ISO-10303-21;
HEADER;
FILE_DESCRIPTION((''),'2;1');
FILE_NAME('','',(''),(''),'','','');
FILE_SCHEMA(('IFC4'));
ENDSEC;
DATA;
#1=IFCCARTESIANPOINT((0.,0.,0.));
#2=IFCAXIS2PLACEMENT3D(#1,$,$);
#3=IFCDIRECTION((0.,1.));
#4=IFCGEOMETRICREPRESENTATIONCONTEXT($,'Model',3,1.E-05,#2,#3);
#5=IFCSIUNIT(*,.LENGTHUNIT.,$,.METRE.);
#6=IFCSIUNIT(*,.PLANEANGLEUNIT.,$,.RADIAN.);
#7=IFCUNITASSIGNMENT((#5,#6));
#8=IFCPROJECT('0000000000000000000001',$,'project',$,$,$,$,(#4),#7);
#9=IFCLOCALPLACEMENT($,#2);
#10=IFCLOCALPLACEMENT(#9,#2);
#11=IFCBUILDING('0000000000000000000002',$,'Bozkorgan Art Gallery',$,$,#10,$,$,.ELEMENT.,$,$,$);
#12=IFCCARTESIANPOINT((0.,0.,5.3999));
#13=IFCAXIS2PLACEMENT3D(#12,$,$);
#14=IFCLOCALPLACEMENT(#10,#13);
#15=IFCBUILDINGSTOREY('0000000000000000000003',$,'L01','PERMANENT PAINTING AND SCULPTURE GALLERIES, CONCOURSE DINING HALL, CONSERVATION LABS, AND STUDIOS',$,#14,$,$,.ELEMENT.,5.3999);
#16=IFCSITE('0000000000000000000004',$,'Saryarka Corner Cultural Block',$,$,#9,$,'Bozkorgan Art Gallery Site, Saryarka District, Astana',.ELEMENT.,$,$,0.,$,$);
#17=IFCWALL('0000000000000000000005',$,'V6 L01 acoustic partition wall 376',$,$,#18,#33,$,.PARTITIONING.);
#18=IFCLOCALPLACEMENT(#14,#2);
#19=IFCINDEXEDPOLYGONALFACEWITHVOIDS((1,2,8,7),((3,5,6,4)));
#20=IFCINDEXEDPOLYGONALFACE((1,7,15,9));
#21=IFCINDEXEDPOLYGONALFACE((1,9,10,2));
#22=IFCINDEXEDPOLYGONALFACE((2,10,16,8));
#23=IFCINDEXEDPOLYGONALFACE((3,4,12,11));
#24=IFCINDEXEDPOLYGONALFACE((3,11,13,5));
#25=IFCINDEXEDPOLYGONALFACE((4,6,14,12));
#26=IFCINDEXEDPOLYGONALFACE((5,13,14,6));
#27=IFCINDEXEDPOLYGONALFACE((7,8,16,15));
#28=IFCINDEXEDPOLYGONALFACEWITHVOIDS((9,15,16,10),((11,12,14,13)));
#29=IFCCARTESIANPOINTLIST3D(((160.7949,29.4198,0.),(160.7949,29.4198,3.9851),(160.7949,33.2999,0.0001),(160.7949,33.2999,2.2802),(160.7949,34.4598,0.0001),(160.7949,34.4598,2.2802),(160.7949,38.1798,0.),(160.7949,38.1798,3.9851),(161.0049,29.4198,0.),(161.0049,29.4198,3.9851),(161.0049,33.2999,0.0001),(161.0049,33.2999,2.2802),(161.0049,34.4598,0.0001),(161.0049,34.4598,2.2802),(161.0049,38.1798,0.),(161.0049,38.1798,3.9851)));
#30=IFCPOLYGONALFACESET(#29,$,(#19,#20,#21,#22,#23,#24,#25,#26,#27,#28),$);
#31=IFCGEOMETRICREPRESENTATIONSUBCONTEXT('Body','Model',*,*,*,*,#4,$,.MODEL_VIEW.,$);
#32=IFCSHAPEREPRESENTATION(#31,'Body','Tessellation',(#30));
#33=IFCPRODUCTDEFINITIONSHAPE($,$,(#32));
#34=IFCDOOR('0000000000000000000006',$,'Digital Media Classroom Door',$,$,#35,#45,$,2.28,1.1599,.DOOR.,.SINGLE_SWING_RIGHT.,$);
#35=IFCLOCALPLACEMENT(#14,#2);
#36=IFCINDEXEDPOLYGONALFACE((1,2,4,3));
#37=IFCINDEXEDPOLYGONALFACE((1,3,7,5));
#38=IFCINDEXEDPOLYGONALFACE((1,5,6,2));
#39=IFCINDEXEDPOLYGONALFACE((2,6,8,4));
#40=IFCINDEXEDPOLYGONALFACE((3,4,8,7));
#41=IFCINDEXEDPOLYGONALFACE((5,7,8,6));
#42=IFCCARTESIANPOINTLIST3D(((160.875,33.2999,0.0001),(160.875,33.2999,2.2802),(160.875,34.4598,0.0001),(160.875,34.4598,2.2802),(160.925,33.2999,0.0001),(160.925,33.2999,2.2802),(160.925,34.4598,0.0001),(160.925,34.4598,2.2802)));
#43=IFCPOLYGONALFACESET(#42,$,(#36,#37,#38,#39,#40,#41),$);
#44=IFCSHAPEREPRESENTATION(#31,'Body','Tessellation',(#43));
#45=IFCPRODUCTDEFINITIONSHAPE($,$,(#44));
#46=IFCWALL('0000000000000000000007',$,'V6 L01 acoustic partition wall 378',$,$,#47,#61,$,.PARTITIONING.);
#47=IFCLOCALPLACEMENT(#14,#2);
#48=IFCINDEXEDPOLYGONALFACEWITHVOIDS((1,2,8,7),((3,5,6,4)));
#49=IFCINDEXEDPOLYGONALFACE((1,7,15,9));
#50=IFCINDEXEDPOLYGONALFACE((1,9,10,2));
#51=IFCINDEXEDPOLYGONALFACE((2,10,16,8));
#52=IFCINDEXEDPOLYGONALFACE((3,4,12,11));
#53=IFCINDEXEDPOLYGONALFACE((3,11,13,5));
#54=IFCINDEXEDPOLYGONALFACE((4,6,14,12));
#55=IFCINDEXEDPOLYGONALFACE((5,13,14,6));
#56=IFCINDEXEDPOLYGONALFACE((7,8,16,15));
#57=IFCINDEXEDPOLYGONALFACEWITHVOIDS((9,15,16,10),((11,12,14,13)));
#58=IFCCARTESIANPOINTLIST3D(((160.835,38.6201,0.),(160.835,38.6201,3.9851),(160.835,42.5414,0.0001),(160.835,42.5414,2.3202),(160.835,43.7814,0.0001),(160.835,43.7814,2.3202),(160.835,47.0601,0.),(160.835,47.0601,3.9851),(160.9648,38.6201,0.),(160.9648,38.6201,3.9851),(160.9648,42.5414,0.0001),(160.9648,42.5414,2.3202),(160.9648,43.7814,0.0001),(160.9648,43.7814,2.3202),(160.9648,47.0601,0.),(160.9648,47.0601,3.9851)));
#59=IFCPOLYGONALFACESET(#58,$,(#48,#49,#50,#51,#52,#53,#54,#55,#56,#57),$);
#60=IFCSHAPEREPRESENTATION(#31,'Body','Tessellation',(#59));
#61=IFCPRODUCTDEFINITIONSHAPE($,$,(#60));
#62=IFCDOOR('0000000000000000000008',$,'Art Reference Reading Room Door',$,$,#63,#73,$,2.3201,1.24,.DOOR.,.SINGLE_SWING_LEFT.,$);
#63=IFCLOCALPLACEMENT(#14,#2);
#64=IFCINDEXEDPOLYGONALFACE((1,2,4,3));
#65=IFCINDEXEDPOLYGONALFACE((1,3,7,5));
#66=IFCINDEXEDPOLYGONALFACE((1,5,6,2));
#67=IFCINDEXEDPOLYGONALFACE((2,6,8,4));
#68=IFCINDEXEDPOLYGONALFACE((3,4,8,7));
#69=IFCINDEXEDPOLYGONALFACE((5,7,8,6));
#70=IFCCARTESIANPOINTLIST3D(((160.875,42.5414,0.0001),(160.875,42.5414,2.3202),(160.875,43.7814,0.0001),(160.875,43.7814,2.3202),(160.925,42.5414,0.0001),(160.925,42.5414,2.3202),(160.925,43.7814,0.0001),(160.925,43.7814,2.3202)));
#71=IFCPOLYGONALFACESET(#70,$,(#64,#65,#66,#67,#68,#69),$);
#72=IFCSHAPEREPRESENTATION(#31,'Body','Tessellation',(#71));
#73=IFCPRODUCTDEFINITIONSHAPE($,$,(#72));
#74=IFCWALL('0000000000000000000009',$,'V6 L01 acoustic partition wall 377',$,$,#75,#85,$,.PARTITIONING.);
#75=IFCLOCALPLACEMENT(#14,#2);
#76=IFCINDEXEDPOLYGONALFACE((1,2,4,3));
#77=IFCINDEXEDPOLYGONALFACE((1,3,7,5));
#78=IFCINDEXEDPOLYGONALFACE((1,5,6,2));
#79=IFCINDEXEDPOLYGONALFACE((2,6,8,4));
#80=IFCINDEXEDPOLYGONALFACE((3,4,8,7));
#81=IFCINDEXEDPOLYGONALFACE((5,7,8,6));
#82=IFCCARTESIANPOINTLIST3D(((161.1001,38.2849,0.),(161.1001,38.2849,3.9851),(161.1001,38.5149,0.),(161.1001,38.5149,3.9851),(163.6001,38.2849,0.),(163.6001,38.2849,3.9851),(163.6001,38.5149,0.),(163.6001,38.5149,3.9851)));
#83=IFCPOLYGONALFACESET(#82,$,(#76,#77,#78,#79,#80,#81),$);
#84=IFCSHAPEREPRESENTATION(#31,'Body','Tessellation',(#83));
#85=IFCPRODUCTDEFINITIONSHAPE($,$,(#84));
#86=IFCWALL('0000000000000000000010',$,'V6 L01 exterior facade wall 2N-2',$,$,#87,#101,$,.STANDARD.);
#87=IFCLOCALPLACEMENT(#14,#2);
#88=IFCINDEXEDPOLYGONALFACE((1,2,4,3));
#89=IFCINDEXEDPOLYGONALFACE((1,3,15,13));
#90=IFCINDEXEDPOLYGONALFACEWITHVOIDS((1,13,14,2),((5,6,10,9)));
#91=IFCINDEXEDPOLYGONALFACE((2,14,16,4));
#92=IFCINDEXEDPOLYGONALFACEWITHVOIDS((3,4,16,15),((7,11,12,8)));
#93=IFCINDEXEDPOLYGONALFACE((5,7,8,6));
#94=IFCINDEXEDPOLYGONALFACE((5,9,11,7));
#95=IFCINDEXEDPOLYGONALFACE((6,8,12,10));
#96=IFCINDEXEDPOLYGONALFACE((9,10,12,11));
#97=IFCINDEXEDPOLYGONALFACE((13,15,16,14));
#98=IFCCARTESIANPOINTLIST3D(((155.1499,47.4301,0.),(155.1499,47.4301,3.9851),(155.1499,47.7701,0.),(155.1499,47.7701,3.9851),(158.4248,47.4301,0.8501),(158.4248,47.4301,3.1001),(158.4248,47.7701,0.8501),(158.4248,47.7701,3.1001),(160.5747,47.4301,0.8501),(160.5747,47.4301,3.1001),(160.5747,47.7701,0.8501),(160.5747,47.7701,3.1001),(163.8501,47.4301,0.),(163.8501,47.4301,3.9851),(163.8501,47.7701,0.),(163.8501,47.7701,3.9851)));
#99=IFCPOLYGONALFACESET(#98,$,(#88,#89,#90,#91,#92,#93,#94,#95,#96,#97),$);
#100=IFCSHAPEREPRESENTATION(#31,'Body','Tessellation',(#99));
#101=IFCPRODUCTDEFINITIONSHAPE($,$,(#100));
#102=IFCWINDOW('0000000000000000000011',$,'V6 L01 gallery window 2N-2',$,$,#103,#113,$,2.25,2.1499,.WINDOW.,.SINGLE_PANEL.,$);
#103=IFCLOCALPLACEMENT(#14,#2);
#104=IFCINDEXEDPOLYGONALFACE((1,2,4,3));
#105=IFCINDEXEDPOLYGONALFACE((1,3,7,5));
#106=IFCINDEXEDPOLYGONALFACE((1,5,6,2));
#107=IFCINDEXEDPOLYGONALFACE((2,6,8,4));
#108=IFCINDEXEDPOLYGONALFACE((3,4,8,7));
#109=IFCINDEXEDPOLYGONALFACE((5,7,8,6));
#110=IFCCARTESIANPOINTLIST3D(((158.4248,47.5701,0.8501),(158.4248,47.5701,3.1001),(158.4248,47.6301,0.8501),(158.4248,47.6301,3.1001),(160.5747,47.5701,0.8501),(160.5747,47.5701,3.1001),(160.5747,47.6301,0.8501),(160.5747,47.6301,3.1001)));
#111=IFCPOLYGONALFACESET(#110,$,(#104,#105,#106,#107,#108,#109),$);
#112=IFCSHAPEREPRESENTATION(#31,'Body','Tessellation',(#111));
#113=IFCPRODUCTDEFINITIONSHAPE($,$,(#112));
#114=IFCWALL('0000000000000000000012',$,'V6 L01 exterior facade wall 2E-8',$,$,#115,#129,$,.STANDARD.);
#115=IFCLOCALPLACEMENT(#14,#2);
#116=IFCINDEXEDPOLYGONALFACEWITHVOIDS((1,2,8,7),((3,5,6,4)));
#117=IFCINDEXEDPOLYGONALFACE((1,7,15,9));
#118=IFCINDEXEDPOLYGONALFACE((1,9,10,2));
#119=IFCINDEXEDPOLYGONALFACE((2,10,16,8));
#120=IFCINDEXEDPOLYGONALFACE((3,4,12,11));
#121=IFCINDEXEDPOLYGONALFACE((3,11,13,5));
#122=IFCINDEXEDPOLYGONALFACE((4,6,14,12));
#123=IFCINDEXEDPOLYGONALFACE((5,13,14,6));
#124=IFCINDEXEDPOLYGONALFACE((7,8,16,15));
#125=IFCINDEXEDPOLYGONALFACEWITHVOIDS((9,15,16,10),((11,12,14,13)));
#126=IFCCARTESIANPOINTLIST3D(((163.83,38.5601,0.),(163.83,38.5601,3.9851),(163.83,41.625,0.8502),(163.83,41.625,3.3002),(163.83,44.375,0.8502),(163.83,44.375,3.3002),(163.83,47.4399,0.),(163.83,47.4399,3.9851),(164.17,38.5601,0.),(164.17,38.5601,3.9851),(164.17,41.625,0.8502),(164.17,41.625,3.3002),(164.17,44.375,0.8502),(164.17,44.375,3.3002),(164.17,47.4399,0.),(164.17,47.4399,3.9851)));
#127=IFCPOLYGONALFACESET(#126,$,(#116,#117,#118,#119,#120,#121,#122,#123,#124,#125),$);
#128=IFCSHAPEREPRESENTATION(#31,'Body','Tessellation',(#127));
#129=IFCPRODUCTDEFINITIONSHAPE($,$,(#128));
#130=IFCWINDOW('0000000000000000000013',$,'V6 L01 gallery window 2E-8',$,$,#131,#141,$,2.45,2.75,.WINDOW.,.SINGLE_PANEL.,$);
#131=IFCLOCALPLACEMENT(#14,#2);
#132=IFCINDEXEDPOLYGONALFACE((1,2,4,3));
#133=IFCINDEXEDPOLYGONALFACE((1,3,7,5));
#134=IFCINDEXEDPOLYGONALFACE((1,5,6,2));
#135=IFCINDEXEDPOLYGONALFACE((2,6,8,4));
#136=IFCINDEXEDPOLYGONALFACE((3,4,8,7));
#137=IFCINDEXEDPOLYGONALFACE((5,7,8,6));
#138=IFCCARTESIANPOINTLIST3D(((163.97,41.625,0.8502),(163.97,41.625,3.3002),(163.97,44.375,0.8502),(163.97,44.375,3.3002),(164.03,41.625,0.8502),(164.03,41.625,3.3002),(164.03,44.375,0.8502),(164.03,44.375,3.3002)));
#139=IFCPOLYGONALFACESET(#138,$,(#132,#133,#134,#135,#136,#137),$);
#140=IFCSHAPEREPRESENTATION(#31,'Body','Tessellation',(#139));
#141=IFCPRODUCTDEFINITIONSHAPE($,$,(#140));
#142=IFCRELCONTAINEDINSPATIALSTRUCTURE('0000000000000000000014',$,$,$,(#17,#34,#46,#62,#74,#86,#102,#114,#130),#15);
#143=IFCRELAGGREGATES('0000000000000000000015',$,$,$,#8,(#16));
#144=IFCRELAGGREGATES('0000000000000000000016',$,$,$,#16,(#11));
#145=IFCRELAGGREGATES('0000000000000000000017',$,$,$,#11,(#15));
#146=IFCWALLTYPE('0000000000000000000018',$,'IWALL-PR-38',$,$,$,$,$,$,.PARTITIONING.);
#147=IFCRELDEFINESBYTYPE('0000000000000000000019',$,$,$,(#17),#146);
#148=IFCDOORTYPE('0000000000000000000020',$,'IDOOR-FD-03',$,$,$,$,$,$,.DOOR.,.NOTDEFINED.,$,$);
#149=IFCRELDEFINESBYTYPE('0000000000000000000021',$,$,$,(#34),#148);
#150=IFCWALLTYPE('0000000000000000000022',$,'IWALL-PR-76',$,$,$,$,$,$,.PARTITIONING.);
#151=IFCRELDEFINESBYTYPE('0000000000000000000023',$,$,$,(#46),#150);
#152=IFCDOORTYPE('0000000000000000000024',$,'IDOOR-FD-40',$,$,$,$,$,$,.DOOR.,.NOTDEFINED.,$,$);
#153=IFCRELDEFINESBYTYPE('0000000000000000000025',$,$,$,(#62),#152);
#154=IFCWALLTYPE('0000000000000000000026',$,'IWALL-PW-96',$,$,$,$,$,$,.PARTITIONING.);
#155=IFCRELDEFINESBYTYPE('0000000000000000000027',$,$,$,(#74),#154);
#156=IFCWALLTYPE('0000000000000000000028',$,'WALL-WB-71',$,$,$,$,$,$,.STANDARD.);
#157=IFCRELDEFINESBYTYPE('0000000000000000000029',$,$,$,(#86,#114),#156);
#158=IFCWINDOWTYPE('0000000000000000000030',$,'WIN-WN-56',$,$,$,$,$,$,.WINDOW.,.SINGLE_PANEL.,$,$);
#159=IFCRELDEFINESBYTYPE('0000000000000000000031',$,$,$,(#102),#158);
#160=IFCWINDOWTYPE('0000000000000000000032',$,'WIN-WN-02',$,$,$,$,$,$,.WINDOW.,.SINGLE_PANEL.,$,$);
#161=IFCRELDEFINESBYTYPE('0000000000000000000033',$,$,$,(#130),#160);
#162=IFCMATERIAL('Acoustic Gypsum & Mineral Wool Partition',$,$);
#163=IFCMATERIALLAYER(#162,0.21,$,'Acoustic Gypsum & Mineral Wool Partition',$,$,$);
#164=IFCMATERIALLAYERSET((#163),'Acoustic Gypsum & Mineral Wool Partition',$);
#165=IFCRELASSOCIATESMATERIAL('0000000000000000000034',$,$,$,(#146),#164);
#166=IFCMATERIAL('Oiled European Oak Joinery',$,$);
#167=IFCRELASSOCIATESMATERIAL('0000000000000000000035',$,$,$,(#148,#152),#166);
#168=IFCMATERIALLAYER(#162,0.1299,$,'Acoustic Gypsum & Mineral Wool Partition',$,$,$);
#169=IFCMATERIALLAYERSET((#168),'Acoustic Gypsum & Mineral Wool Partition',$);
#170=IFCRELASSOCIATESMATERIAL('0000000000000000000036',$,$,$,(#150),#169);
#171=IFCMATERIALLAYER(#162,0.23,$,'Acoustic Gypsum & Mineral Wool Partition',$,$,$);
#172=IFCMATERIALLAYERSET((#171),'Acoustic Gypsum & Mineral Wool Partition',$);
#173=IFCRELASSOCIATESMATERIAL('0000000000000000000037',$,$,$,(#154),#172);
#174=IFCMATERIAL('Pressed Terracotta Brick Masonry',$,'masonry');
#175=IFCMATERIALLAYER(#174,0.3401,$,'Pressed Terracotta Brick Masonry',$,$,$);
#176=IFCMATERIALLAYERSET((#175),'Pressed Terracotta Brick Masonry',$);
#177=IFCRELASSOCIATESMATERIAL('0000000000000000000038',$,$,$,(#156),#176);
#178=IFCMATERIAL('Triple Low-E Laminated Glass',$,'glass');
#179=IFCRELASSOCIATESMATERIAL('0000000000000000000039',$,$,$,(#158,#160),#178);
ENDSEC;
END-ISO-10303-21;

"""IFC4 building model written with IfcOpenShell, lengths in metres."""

from ifc_helpers import new_model, si_unit, direction, frame, frame_2d, origin, place, context, subcontext, project, spatial, rectangle, extrude, material, layer, layer_set, type_object, element, fill, save


model = new_model("IFC4")

# Units and contexts
model_context = context("Model", 3, precision=1e-05, world=origin(), true_north=direction((0.0, 1.0)))
body_context = subcontext(model_context, "Body", "Model", "MODEL_VIEW")
ifc_project = project(units=[si_unit("LENGTHUNIT", "METRE"), si_unit("PLANEANGLEUNIT", "RADIAN")], contexts=[model_context])

# Site, building, storey
site_placement = place(None, origin())
site = spatial("IfcSite", under=ifc_project, at=site_placement, Name="Saryarka Corner Cultural Block", LongName="Bozkorgan Art Gallery Site, Saryarka District, Astana", CompositionType="ELEMENT", RefElevation=0.0)
building_placement = place(site_placement, origin())
building = spatial("IfcBuilding", under=site, at=building_placement, Name="Bozkorgan Art Gallery", CompositionType="ELEMENT")
storey_placement = place(building_placement, frame((0.0, 0.0, 5.3999)))
storey = spatial("IfcBuildingStorey", under=building, at=storey_placement, Name="L01", Description="PERMANENT PAINTING AND SCULPTURE GALLERIES, CONCOURSE DINING HALL, CONSERVATION LABS, AND STUDIOS", CompositionType="ELEMENT", Elevation=5.3999)

# Walls, openings, doors
ifc_material_1 = material(Name="Acoustic Gypsum & Mineral Wool Partition")
ifc_layer_1 = layer(ifc_material_1, 0.21, Name="Acoustic Gypsum & Mineral Wool Partition")
ifc_layer_set_1 = layer_set([ifc_layer_1], Name="Acoustic Gypsum & Mineral Wool Partition")
wall_type_1 = type_object("IfcWallType", Name="IWALL-PR-38", PredefinedType="PARTITIONING", material=ifc_layer_set_1)
ifc_material_2 = material(Name="Oiled European Oak Joinery")
wall_1_placement = place(storey_placement, frame((160.8999, 29.4199, 0.0), z_axis=(0.0, 0.0, 1.0), x_axis=(0.0, 1.0, 0.0)))
wall_1 = element("IfcWall", 1, at=wall_1_placement, inside=storey, type_object=wall_type_1, Name="V6 L01 acoustic partition wall 376", PredefinedType="PARTITIONING", context=body_context, shape_type="SweptSolid", body=[
    extrude(rectangle(XDim=8.76, YDim=0.21, at=frame_2d((4.3799, 0.0))), origin(), (0.0, 0.0, 1.0), 3.9851),
])
opening_1_placement = place(wall_1_placement, frame((3.8799, 0.0, 0.0)))
opening_1 = element("IfcOpeningElement", 2, at=opening_1_placement, cuts=wall_1, PredefinedType="OPENING", context=body_context, shape_type="SweptSolid", body=[
    extrude(rectangle(XDim=1.1599, YDim=2.28, at=frame_2d((0.5801, 1.1401))), frame((0.0, 0.115, 0.0), z_axis=(0.0, -1.0, 0.0), x_axis=(1.0, 0.0, 0.0)), (0.0, 0.0, 1.0), 0.23),
])
door_type_1 = type_object("IfcDoorType", Name="IDOOR-FD-03", OperationType="NOTDEFINED", PredefinedType="DOOR", material=ifc_material_2)
door_1_placement = place(opening_1_placement, origin())
door_1 = element("IfcDoor", 3, at=door_1_placement, inside=storey, type_object=door_type_1, Name="Digital Media Classroom Door", OperationType="SINGLE_SWING_RIGHT", OverallHeight=2.28, OverallWidth=1.1599, PredefinedType="DOOR", context=body_context, shape_type="SweptSolid", body=[
    extrude(rectangle(XDim=1.1599, YDim=2.28, at=frame_2d((0.5801, 1.1401))), frame((0.0, 0.0249, 0.0), z_axis=(0.0, -1.0, 0.0), x_axis=(1.0, 0.0, 0.0)), (0.0, 0.0, 1.0), 0.05),
])
fill(opening_1, door_1)
ifc_layer_2 = layer(ifc_material_1, 0.1299, Name="Acoustic Gypsum & Mineral Wool Partition")
ifc_layer_set_2 = layer_set([ifc_layer_2], Name="Acoustic Gypsum & Mineral Wool Partition")
wall_type_2 = type_object("IfcWallType", Name="IWALL-PR-76", PredefinedType="PARTITIONING", material=ifc_layer_set_2)
wall_2_placement = place(storey_placement, frame((160.8999, 38.6201, 0.0), z_axis=(0.0, 0.0, 1.0), x_axis=(0.0, 1.0, 0.0)))
wall_2 = element("IfcWall", 4, at=wall_2_placement, inside=storey, type_object=wall_type_2, Name="V6 L01 acoustic partition wall 378", PredefinedType="PARTITIONING", context=body_context, shape_type="SweptSolid", body=[
    extrude(rectangle(XDim=8.4399, YDim=0.1299, at=frame_2d((4.22, 0.0))), origin(), (0.0, 0.0, 1.0), 3.9851),
])
opening_2_placement = place(wall_2_placement, frame((3.9211, 0.0, 0.0)))
opening_2 = element("IfcOpeningElement", 5, at=opening_2_placement, cuts=wall_2, PredefinedType="OPENING", context=body_context, shape_type="SweptSolid", body=[
    extrude(rectangle(XDim=1.24, YDim=2.3201, at=frame_2d((0.6201, 1.1602))), frame((0.0, 0.075, 0.0), z_axis=(0.0, -1.0, 0.0), x_axis=(1.0, 0.0, 0.0)), (0.0, 0.0, 1.0), 0.1499),
])
door_type_2 = type_object("IfcDoorType", Name="IDOOR-FD-40", OperationType="NOTDEFINED", PredefinedType="DOOR", material=ifc_material_2)
door_2_placement = place(opening_2_placement, origin())
door_2 = element("IfcDoor", 6, at=door_2_placement, inside=storey, type_object=door_type_2, Name="Art Reference Reading Room Door", OperationType="SINGLE_SWING_LEFT", OverallHeight=2.3201, OverallWidth=1.24, PredefinedType="DOOR", context=body_context, shape_type="SweptSolid", body=[
    extrude(rectangle(XDim=1.24, YDim=2.3201, at=frame_2d((0.6201, 1.1602))), frame((0.0, 0.0249, 0.0), z_axis=(0.0, -1.0, 0.0), x_axis=(1.0, 0.0, 0.0)), (0.0, 0.0, 1.0), 0.05),
])
fill(opening_2, door_2)

# Wall
ifc_layer_3 = layer(ifc_material_1, 0.23, Name="Acoustic Gypsum & Mineral Wool Partition")
ifc_layer_set_3 = layer_set([ifc_layer_3], Name="Acoustic Gypsum & Mineral Wool Partition")
wall_type_3 = type_object("IfcWallType", Name="IWALL-PW-96", PredefinedType="PARTITIONING", material=ifc_layer_set_3)
wall_3_placement = place(storey_placement, frame((161.1001, 38.3999, 0.0), z_axis=(0.0, 0.0, 1.0), x_axis=(1.0, 0.0, 0.0)))
element("IfcWall", 7, at=wall_3_placement, inside=storey, type_object=wall_type_3, Name="V6 L01 acoustic partition wall 377", PredefinedType="PARTITIONING", context=body_context, shape_type="SweptSolid", body=[
    extrude(rectangle(XDim=2.5, YDim=0.23, at=frame_2d((1.25, 0.0))), origin(), (0.0, 0.0, 1.0), 3.9851),
])

# Walls, openings, windows
ifc_material_3 = material(Name="Pressed Terracotta Brick Masonry", Category="masonry")
ifc_layer_4 = layer(ifc_material_3, 0.3401, Name="Pressed Terracotta Brick Masonry")
ifc_layer_set_4 = layer_set([ifc_layer_4], Name="Pressed Terracotta Brick Masonry")
wall_type_4 = type_object("IfcWallType", Name="WALL-WB-71", PredefinedType="STANDARD", material=ifc_layer_set_4)
wall_4_placement = place(storey_placement, frame((155.1499, 47.6001, 0.0), z_axis=(0.0, 0.0, 1.0), x_axis=(1.0, 0.0, 0.0)))
wall_4 = element("IfcWall", 8, at=wall_4_placement, inside=storey, type_object=wall_type_4, Name="V6 L01 exterior facade wall 2N-2", PredefinedType="STANDARD", context=body_context, shape_type="SweptSolid", body=[
    extrude(rectangle(XDim=8.7002, YDim=0.3401, at=frame_2d((4.3501, 0.0))), origin(), (0.0, 0.0, 1.0), 3.9851),
])
opening_3_placement = place(wall_4_placement, frame((3.2749, 0.0, 0.8501)))
opening_3 = element("IfcOpeningElement", 9, at=opening_3_placement, cuts=wall_4, PredefinedType="OPENING", context=body_context, shape_type="SweptSolid", body=[
    extrude(rectangle(XDim=2.1499, YDim=2.25, at=frame_2d((1.075, 1.125))), frame((0.0, 0.1802, 0.0), z_axis=(0.0, -1.0, 0.0), x_axis=(1.0, 0.0, 0.0)), (0.0, 0.0, 1.0), 0.3601),
])
ifc_material_4 = material(Name="Triple Low-E Laminated Glass", Category="glass")
window_type_1 = type_object("IfcWindowType", Name="WIN-WN-56", PartitioningType="SINGLE_PANEL", PredefinedType="WINDOW", material=ifc_material_4)
window_1_placement = place(opening_3_placement, origin())
window_1 = element("IfcWindow", 10, at=window_1_placement, inside=storey, type_object=window_type_1, Name="V6 L01 gallery window 2N-2", OverallHeight=2.25, OverallWidth=2.1499, PartitioningType="SINGLE_PANEL", PredefinedType="WINDOW", context=body_context, shape_type="SweptSolid", body=[
    extrude(rectangle(XDim=2.1499, YDim=2.25, at=frame_2d((1.075, 1.125))), frame((0.0, 0.03, 0.0), z_axis=(0.0, -1.0, 0.0), x_axis=(1.0, 0.0, 0.0)), (0.0, 0.0, 1.0), 0.0601),
])
fill(opening_3, window_1)
wall_5_placement = place(storey_placement, frame((164.0, 38.5601, 0.0), z_axis=(0.0, 0.0, 1.0), x_axis=(0.0, 1.0, 0.0)))
wall_5 = element("IfcWall", 11, at=wall_5_placement, inside=storey, type_object=wall_type_4, Name="V6 L01 exterior facade wall 2E-8", PredefinedType="STANDARD", context=body_context, shape_type="SweptSolid", body=[
    extrude(rectangle(XDim=8.8799, YDim=0.3401, at=frame_2d((4.4399, 0.0))), origin(), (0.0, 0.0, 1.0), 3.9851),
])
opening_4_placement = place(wall_5_placement, frame((5.8149, 0.0, 0.8501), z_axis=(0.0, 0.0, 1.0), x_axis=(-1.0, 0.0, 0.0)))
opening_4 = element("IfcOpeningElement", 12, at=opening_4_placement, cuts=wall_5, PredefinedType="OPENING", context=body_context, shape_type="SweptSolid", body=[
    extrude(rectangle(XDim=2.75, YDim=2.45, at=frame_2d((1.375, 1.2251))), frame((0.0, 0.1802, 0.0), z_axis=(0.0, -1.0, 0.0), x_axis=(1.0, 0.0, 0.0)), (0.0, 0.0, 1.0), 0.3601),
])
window_type_2 = type_object("IfcWindowType", Name="WIN-WN-02", PartitioningType="SINGLE_PANEL", PredefinedType="WINDOW", material=ifc_material_4)
window_2_placement = place(opening_4_placement, origin())
window_2 = element("IfcWindow", 13, at=window_2_placement, inside=storey, type_object=window_type_2, Name="V6 L01 gallery window 2E-8", OverallHeight=2.45, OverallWidth=2.75, PartitioningType="SINGLE_PANEL", PredefinedType="WINDOW", context=body_context, shape_type="SweptSolid", body=[
    extrude(rectangle(XDim=2.75, YDim=2.45, at=frame_2d((1.375, 1.2251))), frame((0.0, 0.03, 0.0), z_axis=(0.0, -1.0, 0.0), x_axis=(1.0, 0.0, 0.0)), (0.0, 0.0, 1.0), 0.0601),
])
fill(opening_4, window_2)

save(model, "model.ifc")
